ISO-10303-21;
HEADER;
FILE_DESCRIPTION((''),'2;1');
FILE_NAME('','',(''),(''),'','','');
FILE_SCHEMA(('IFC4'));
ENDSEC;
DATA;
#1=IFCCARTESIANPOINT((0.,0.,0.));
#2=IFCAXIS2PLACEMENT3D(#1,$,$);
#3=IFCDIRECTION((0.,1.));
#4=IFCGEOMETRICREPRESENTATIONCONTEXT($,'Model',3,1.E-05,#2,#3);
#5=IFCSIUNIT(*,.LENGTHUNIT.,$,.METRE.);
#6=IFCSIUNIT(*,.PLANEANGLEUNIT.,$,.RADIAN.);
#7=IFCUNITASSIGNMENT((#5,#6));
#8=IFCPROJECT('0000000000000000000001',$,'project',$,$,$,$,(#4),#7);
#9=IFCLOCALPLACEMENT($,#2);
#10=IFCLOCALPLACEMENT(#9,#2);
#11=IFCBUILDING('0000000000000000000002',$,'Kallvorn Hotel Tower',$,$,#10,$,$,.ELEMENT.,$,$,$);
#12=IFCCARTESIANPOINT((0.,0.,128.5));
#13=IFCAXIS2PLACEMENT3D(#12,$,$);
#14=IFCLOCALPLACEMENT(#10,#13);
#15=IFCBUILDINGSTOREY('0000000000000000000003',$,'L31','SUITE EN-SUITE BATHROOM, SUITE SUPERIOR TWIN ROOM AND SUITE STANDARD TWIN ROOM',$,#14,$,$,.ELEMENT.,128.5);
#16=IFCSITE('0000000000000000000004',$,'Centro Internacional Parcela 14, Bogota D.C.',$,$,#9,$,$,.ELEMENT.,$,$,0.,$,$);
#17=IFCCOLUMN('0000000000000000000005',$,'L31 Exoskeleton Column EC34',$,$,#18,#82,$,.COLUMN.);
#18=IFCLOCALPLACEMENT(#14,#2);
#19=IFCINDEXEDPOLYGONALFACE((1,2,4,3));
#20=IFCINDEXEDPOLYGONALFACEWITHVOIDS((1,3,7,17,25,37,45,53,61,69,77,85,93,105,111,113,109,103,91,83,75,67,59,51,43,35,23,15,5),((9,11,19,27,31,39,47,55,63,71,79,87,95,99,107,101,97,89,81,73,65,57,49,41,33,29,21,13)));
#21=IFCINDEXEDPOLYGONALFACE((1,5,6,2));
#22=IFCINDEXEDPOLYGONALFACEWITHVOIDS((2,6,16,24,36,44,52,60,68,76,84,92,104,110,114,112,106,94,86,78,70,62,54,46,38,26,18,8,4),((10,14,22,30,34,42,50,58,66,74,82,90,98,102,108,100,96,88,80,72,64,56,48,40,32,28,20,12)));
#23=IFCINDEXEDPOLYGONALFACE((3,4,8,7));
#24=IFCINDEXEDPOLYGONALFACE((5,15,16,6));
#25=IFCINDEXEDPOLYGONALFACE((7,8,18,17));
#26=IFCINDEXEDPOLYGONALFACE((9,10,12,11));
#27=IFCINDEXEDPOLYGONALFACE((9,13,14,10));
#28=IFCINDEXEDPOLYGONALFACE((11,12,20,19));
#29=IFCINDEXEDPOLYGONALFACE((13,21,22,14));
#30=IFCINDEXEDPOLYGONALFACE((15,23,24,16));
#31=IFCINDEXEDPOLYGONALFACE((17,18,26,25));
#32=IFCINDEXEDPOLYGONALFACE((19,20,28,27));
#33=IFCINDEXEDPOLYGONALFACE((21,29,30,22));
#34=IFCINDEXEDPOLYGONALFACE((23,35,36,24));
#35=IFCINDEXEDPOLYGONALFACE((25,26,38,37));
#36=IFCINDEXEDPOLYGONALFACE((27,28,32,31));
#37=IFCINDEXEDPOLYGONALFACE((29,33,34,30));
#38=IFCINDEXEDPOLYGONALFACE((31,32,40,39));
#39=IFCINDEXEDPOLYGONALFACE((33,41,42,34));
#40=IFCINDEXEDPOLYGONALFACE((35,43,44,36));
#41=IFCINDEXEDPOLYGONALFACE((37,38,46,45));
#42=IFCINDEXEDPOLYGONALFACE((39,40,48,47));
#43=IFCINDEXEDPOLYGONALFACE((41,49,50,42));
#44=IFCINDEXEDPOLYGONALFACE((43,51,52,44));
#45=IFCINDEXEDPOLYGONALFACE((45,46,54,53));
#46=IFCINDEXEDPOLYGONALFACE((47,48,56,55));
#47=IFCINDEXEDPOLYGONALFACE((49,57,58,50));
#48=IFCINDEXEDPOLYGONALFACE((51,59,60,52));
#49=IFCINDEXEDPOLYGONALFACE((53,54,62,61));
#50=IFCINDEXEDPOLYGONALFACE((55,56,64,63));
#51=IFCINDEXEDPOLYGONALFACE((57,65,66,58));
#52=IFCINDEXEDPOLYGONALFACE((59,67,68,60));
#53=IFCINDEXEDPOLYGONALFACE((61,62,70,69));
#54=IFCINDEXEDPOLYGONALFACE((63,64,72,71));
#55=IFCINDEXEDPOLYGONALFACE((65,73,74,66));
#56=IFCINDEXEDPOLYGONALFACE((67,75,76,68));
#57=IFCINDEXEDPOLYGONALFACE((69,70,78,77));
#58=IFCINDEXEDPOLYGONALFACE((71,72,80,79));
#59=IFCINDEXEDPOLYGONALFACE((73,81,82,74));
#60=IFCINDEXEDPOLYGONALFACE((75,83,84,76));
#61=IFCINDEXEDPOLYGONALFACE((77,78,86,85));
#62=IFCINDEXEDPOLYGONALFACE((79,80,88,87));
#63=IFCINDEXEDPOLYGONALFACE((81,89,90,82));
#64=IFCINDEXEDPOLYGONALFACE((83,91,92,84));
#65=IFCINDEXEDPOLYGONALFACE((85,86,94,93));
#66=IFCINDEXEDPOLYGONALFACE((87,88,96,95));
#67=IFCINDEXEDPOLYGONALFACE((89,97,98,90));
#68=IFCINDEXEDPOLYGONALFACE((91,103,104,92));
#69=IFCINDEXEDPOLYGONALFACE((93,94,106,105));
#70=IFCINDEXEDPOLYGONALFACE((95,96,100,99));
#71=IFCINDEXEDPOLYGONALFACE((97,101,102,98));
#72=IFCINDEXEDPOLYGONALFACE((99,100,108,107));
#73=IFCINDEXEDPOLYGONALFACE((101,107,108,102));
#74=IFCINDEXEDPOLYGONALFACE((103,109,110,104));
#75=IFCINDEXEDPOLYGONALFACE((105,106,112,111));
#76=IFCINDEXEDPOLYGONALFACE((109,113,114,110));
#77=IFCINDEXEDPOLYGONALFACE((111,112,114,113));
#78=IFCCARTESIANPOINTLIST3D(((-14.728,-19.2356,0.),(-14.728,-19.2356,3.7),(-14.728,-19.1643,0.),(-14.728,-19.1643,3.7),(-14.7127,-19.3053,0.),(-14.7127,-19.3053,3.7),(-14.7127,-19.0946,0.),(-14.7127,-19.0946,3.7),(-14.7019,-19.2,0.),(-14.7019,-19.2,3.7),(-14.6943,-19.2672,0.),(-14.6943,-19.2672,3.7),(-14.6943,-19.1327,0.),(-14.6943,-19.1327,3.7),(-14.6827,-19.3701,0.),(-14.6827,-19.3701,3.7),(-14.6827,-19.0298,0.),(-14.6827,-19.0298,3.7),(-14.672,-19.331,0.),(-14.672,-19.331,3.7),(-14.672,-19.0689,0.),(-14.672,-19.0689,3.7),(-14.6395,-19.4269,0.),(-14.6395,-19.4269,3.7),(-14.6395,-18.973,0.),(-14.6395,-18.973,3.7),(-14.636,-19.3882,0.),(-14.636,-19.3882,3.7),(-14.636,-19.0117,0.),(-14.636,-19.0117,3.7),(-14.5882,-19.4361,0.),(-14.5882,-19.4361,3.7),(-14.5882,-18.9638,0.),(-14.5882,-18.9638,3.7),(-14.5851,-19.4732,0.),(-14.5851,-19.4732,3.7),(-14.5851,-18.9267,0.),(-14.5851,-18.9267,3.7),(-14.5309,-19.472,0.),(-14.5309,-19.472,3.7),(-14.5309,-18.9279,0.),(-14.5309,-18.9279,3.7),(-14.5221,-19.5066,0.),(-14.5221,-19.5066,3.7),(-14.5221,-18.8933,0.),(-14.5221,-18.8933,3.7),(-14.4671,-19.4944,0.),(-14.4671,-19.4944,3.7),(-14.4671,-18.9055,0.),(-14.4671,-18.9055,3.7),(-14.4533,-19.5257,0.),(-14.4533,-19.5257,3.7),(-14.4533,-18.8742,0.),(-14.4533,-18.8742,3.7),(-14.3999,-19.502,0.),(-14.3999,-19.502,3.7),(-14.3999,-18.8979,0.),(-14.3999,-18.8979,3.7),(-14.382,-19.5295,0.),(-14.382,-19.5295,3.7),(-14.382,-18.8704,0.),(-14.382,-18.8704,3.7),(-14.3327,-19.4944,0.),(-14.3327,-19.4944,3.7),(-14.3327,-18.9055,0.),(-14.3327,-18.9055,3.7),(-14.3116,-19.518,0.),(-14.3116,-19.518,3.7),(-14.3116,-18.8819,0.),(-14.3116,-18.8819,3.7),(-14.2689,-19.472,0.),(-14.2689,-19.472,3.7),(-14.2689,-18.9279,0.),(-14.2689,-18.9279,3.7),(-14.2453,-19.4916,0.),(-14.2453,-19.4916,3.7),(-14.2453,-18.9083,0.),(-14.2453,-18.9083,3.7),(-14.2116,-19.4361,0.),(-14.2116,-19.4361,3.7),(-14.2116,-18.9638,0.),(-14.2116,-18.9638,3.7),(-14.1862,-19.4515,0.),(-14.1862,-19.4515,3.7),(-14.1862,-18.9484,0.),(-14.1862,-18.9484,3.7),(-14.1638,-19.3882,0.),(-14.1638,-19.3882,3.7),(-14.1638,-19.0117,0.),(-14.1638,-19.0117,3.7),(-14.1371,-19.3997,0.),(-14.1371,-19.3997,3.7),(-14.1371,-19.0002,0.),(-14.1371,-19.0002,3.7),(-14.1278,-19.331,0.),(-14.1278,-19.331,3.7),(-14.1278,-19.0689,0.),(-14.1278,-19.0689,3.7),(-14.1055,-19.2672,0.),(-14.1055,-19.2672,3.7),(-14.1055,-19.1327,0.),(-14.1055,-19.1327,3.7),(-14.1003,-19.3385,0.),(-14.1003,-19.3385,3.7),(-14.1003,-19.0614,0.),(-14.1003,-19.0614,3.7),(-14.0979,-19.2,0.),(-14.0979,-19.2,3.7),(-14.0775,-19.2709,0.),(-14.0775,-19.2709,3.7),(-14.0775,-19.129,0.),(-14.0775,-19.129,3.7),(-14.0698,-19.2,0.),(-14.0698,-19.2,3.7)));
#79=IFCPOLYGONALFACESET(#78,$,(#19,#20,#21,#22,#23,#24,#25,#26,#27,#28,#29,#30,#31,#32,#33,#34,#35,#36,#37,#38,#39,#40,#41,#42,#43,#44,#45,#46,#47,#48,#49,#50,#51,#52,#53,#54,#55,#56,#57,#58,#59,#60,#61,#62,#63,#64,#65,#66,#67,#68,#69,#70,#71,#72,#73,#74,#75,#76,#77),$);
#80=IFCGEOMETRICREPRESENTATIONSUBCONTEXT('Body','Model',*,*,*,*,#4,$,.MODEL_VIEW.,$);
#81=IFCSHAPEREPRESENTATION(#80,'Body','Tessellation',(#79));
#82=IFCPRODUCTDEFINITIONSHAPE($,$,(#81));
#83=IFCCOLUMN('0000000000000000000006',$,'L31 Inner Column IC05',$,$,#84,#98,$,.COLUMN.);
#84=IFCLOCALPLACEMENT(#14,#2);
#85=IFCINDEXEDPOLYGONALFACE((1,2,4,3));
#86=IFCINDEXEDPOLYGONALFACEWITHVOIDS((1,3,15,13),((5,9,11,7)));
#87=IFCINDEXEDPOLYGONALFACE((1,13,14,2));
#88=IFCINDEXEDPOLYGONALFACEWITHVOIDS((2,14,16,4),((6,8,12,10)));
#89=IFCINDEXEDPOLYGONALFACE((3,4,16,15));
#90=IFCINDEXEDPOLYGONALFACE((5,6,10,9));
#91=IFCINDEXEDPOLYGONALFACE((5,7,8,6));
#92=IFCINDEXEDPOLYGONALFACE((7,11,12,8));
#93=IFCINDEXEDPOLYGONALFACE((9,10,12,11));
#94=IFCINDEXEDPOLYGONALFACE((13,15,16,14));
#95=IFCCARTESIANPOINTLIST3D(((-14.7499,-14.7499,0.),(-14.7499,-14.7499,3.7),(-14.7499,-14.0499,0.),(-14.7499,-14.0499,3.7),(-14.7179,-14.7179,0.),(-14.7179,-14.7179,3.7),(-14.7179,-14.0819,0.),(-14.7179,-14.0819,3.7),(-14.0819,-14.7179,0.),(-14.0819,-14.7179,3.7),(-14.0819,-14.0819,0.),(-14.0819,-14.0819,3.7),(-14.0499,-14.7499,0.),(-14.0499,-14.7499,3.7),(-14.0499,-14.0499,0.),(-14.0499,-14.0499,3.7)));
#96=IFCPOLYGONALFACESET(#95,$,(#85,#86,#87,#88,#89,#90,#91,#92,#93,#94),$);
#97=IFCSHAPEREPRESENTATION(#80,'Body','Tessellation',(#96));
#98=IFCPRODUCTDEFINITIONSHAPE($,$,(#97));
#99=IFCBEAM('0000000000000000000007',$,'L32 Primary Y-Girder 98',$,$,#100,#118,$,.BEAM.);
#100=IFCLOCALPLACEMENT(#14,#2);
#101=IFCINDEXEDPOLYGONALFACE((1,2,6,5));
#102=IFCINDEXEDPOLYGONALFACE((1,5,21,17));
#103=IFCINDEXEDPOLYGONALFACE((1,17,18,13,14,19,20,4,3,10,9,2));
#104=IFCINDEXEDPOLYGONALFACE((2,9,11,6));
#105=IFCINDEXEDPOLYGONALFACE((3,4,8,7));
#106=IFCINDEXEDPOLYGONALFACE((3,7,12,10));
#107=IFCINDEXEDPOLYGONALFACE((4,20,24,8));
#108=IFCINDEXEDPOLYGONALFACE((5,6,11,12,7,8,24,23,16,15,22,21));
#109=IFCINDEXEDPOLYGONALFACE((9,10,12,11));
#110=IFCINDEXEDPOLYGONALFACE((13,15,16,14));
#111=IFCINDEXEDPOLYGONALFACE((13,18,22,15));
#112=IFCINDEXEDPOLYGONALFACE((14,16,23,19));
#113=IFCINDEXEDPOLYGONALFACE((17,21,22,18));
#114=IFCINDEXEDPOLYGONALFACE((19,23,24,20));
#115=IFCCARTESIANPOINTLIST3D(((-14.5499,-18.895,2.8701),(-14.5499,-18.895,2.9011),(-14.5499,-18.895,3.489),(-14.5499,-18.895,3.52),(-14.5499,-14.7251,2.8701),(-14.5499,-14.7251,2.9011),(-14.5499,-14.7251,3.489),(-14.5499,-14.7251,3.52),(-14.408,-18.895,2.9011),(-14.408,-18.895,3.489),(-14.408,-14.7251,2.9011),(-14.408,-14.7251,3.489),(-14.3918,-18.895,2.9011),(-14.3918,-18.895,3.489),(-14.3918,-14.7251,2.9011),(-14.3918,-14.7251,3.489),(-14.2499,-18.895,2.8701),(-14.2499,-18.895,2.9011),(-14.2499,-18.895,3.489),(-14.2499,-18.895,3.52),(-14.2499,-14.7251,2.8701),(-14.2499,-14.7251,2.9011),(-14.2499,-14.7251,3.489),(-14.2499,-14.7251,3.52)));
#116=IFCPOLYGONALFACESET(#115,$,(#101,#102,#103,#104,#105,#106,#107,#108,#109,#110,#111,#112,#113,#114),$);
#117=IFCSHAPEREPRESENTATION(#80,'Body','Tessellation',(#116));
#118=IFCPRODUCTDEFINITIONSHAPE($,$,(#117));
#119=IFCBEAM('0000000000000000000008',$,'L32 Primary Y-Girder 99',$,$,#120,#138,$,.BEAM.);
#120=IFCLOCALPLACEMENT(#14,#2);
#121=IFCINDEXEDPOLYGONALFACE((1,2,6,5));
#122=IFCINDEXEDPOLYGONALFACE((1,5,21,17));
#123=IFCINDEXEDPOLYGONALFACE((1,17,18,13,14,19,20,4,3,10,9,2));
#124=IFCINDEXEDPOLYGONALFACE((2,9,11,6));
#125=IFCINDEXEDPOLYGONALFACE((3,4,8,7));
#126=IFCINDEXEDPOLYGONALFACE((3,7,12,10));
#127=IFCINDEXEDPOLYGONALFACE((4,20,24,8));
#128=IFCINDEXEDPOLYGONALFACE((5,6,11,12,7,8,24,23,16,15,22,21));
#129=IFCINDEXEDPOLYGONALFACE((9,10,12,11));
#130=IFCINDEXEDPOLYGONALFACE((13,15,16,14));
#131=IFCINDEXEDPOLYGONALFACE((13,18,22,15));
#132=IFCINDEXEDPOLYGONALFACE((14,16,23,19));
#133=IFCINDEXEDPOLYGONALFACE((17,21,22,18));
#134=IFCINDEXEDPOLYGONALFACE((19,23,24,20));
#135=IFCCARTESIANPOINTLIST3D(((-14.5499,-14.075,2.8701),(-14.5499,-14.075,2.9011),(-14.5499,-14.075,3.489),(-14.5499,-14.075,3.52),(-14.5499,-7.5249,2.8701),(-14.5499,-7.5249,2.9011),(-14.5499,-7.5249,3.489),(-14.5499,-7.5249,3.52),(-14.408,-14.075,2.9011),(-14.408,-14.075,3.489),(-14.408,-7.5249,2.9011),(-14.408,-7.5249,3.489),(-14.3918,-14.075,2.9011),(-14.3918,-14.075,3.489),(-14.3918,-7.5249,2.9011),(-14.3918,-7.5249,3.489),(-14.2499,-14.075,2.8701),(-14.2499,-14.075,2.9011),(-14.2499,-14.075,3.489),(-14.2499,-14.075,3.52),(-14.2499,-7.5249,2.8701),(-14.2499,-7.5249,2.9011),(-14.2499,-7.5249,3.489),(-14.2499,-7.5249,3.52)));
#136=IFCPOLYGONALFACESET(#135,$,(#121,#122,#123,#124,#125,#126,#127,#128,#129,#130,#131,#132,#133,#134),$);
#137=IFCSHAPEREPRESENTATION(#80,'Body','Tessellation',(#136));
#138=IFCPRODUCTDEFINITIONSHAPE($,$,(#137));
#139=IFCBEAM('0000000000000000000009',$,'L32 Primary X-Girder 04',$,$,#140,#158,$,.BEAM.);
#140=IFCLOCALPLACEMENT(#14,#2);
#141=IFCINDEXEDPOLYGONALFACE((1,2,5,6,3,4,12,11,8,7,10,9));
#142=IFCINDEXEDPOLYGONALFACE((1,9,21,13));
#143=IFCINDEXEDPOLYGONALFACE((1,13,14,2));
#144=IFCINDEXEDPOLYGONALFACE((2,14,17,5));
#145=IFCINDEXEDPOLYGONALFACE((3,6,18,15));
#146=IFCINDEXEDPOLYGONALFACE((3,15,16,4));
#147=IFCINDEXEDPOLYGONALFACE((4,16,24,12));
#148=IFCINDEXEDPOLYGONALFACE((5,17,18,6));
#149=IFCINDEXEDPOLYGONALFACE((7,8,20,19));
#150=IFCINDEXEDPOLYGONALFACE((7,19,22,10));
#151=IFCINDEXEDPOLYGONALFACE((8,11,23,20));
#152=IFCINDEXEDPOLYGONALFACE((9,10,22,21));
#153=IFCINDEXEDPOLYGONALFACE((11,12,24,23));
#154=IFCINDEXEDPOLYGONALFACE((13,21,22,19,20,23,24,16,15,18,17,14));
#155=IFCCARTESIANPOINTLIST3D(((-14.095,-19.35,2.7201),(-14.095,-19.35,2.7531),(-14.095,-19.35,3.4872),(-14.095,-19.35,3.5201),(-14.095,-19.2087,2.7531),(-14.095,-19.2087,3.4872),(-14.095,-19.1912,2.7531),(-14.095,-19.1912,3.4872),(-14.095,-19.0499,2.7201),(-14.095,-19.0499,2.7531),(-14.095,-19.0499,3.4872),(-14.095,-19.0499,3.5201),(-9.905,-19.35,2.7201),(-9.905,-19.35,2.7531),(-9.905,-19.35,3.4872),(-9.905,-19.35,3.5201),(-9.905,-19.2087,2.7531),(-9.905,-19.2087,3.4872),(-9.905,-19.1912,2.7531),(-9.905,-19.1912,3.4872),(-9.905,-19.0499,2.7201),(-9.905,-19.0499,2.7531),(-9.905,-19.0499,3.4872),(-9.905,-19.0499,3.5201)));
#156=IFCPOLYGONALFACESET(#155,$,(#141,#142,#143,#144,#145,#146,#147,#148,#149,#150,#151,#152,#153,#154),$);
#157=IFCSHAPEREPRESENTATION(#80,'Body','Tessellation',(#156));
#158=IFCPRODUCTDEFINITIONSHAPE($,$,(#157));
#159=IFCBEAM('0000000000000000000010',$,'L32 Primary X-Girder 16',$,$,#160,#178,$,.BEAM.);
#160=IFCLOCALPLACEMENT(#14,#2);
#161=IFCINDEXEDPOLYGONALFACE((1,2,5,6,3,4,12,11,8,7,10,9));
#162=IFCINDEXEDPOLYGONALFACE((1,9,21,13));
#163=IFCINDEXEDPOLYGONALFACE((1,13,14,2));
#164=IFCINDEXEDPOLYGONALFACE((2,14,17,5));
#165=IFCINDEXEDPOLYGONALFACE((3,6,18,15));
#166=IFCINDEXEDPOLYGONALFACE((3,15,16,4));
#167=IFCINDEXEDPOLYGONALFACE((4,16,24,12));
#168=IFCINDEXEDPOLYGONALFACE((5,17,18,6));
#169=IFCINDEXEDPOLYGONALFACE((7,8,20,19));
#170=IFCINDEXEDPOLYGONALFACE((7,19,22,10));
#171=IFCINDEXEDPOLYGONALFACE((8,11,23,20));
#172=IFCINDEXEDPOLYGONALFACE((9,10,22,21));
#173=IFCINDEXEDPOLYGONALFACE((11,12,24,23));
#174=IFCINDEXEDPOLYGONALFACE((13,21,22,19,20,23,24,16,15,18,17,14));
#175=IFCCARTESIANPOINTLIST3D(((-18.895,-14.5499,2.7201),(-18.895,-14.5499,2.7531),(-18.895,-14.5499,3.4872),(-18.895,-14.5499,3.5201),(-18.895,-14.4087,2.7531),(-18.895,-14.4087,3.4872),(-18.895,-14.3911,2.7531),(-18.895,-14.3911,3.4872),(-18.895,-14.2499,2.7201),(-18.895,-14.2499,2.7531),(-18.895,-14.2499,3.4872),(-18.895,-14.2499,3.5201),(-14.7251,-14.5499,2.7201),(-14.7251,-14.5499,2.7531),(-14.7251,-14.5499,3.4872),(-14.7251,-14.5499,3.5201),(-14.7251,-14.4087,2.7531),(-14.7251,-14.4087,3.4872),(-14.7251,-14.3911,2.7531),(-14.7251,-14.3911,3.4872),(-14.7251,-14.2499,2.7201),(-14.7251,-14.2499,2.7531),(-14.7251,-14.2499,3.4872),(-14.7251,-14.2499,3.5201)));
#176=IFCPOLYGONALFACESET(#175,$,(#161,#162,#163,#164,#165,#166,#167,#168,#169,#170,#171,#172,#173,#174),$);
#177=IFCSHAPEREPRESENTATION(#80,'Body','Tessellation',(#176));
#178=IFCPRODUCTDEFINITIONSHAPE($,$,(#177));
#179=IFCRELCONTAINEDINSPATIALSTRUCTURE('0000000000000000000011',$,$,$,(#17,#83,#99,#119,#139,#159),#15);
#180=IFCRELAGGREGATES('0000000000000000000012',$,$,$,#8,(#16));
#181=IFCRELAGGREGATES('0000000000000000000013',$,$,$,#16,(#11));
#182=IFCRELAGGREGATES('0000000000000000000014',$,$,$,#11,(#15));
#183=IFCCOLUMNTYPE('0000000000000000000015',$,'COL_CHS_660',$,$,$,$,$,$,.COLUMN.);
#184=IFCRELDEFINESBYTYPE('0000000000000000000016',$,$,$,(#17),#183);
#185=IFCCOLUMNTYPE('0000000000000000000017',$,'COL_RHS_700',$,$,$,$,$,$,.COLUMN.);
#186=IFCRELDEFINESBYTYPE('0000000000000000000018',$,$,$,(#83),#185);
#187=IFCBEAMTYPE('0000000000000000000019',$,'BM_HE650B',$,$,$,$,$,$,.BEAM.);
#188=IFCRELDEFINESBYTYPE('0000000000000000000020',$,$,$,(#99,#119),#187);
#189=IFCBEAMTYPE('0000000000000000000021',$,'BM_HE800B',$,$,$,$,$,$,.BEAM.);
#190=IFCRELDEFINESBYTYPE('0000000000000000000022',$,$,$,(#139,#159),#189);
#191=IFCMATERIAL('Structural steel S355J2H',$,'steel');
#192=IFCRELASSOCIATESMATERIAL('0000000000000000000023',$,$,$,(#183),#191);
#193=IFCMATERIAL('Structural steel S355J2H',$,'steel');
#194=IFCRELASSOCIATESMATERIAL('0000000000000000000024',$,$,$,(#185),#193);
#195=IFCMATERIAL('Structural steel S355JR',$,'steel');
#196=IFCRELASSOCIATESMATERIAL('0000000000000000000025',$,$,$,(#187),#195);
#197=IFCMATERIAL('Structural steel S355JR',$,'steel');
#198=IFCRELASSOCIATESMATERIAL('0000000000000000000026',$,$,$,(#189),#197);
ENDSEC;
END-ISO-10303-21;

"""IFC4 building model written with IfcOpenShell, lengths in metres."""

from ifc_helpers import new_model, si_unit, direction, frame, origin, origin_2d, place, context, subcontext, project, spatial, hollow_rectangle, hollow_circle, i_section, extrude, material, material_profile, profile_set, type_object, element, save


model = new_model("IFC4")

# Units and contexts
model_context = context("Model", 3, precision=1e-05, world=origin(), true_north=direction((0.0, 1.0)))
body_context = subcontext(model_context, "Body", "Model", "MODEL_VIEW")
ifc_project = project(units=[si_unit("LENGTHUNIT", "METRE"), si_unit("PLANEANGLEUNIT", "RADIAN")], contexts=[model_context])

# Site, building, storey
site_placement = place(None, origin())
site = spatial("IfcSite", under=ifc_project, at=site_placement, Name="Centro Internacional Parcela 14, Bogota D.C.", CompositionType="ELEMENT", RefElevation=0.0)
building_placement = place(site_placement, origin())
building = spatial("IfcBuilding", under=site, at=building_placement, Name="Kallvorn Hotel Tower", CompositionType="ELEMENT")
storey_placement = place(building_placement, frame((0.0, 0.0, 128.5)))
storey = spatial("IfcBuildingStorey", under=building, at=storey_placement, Name="L31", Description="SUITE EN-SUITE BATHROOM, SUITE SUPERIOR TWIN ROOM AND SUITE STANDARD TWIN ROOM", CompositionType="ELEMENT", Elevation=128.5)

# Columns
ifc_material_1 = material(Name="Structural steel S355J2H", Category="steel")
ifc_material_profile_1 = material_profile(ifc_material_1, hollow_circle(Radius=0.3301, WallThickness=0.0281, at=origin_2d()), Name="CHS 660x28")
ifc_profile_set_1 = profile_set([ifc_material_profile_1], Name="Structural steel S355J2H")
column_type_1 = type_object("IfcColumnType", Name="COL_CHS_660", PredefinedType="COLUMN", material=ifc_profile_set_1)
column_1_placement = place(storey_placement, frame((-14.3999, -19.2, 0.0), z_axis=(0.0, 0.0, 1.0), x_axis=(1.0, 0.0, 0.0)))
element("IfcColumn", 1, at=column_1_placement, inside=storey, type_object=column_type_1, Name="L31 Exoskeleton Column EC34", PredefinedType="COLUMN", context=body_context, shape_type="SweptSolid", body=[
    extrude(hollow_circle(Radius=0.3301, WallThickness=0.0281, at=origin_2d()), origin(), (0.0, 0.0, 1.0), 3.7),
])
ifc_material_2 = material(Name="Structural steel S355J2H", Category="steel")
ifc_material_profile_2 = material_profile(ifc_material_2, hollow_rectangle(XDim=0.7, YDim=0.7, WallThickness=0.032, at=origin_2d()), Name="RHS 700x700x32")
ifc_profile_set_2 = profile_set([ifc_material_profile_2], Name="Structural steel S355J2H")
column_type_2 = type_object("IfcColumnType", Name="COL_RHS_700", PredefinedType="COLUMN", material=ifc_profile_set_2)
column_2_placement = place(storey_placement, frame((-14.3999, -14.3999, 0.0), z_axis=(0.0, 0.0, 1.0), x_axis=(1.0, 0.0, 0.0)))
element("IfcColumn", 2, at=column_2_placement, inside=storey, type_object=column_type_2, Name="L31 Inner Column IC05", PredefinedType="COLUMN", context=body_context, shape_type="SweptSolid", body=[
    extrude(hollow_rectangle(XDim=0.7, YDim=0.7, WallThickness=0.032, at=origin_2d()), origin(), (0.0, 0.0, 1.0), 3.7),
])

# Beams
ifc_material_3 = material(Name="Structural steel S355JR", Category="steel")
ifc_material_profile_3 = material_profile(ifc_material_3, i_section(OverallWidth=0.3, OverallDepth=0.6499, WebThickness=0.0161, FlangeThickness=0.031, at=origin_2d()), Name="HE 650 B")
ifc_profile_set_3 = profile_set([ifc_material_profile_3], Name="Structural steel S355JR")
beam_type_1 = type_object("IfcBeamType", Name="BM_HE650B", PredefinedType="BEAM", material=ifc_profile_set_3)
beam_1_placement = place(storey_placement, frame((-14.3999, -18.895, 3.1951), z_axis=(0.0, 1.0, 0.0), x_axis=(-1.0, 0.0, 0.0)))
element("IfcBeam", 3, at=beam_1_placement, inside=storey, type_object=beam_type_1, Name="L32 Primary Y-Girder 98", PredefinedType="BEAM", context=body_context, shape_type="SweptSolid", body=[
    extrude(i_section(OverallWidth=0.3, OverallDepth=0.6499, WebThickness=0.0161, FlangeThickness=0.031, at=origin_2d()), origin(), (0.0, 0.0, 1.0), 4.1699),
])
beam_2_placement = place(storey_placement, frame((-14.3999, -14.075, 3.1951), z_axis=(0.0, 1.0, 0.0), x_axis=(-1.0, 0.0, 0.0)))
element("IfcBeam", 4, at=beam_2_placement, inside=storey, type_object=beam_type_1, Name="L32 Primary Y-Girder 99", PredefinedType="BEAM", context=body_context, shape_type="SweptSolid", body=[
    extrude(i_section(OverallWidth=0.3, OverallDepth=0.6499, WebThickness=0.0161, FlangeThickness=0.031, at=origin_2d()), origin(), (0.0, 0.0, 1.0), 6.55),
])
ifc_material_4 = material(Name="Structural steel S355JR", Category="steel")
ifc_material_profile_4 = material_profile(ifc_material_4, i_section(OverallWidth=0.3, OverallDepth=0.8, WebThickness=0.0176, FlangeThickness=0.033, at=origin_2d()), Name="HE 800 B")
ifc_profile_set_4 = profile_set([ifc_material_profile_4], Name="Structural steel S355JR")
beam_type_2 = type_object("IfcBeamType", Name="BM_HE800B", PredefinedType="BEAM", material=ifc_profile_set_4)
beam_3_placement = place(storey_placement, frame((-14.095, -19.2, 3.1201), z_axis=(1.0, 0.0, 0.0), x_axis=(0.0, 1.0, 0.0)))
element("IfcBeam", 5, at=beam_3_placement, inside=storey, type_object=beam_type_2, Name="L32 Primary X-Girder 04", PredefinedType="BEAM", context=body_context, shape_type="SweptSolid", body=[
    extrude(i_section(OverallWidth=0.3, OverallDepth=0.8, WebThickness=0.0176, FlangeThickness=0.033, at=origin_2d()), origin(), (0.0, 0.0, 1.0), 4.1899),
])
beam_4_placement = place(storey_placement, frame((-18.895, -14.3999, 3.1201), z_axis=(1.0, 0.0, 0.0), x_axis=(0.0, 1.0, 0.0)))
element("IfcBeam", 6, at=beam_4_placement, inside=storey, type_object=beam_type_2, Name="L32 Primary X-Girder 16", PredefinedType="BEAM", context=body_context, shape_type="SweptSolid", body=[
    extrude(i_section(OverallWidth=0.3, OverallDepth=0.8, WebThickness=0.0176, FlangeThickness=0.033, at=origin_2d()), origin(), (0.0, 0.0, 1.0), 4.1699),
])

save(model, "model.ifc")
